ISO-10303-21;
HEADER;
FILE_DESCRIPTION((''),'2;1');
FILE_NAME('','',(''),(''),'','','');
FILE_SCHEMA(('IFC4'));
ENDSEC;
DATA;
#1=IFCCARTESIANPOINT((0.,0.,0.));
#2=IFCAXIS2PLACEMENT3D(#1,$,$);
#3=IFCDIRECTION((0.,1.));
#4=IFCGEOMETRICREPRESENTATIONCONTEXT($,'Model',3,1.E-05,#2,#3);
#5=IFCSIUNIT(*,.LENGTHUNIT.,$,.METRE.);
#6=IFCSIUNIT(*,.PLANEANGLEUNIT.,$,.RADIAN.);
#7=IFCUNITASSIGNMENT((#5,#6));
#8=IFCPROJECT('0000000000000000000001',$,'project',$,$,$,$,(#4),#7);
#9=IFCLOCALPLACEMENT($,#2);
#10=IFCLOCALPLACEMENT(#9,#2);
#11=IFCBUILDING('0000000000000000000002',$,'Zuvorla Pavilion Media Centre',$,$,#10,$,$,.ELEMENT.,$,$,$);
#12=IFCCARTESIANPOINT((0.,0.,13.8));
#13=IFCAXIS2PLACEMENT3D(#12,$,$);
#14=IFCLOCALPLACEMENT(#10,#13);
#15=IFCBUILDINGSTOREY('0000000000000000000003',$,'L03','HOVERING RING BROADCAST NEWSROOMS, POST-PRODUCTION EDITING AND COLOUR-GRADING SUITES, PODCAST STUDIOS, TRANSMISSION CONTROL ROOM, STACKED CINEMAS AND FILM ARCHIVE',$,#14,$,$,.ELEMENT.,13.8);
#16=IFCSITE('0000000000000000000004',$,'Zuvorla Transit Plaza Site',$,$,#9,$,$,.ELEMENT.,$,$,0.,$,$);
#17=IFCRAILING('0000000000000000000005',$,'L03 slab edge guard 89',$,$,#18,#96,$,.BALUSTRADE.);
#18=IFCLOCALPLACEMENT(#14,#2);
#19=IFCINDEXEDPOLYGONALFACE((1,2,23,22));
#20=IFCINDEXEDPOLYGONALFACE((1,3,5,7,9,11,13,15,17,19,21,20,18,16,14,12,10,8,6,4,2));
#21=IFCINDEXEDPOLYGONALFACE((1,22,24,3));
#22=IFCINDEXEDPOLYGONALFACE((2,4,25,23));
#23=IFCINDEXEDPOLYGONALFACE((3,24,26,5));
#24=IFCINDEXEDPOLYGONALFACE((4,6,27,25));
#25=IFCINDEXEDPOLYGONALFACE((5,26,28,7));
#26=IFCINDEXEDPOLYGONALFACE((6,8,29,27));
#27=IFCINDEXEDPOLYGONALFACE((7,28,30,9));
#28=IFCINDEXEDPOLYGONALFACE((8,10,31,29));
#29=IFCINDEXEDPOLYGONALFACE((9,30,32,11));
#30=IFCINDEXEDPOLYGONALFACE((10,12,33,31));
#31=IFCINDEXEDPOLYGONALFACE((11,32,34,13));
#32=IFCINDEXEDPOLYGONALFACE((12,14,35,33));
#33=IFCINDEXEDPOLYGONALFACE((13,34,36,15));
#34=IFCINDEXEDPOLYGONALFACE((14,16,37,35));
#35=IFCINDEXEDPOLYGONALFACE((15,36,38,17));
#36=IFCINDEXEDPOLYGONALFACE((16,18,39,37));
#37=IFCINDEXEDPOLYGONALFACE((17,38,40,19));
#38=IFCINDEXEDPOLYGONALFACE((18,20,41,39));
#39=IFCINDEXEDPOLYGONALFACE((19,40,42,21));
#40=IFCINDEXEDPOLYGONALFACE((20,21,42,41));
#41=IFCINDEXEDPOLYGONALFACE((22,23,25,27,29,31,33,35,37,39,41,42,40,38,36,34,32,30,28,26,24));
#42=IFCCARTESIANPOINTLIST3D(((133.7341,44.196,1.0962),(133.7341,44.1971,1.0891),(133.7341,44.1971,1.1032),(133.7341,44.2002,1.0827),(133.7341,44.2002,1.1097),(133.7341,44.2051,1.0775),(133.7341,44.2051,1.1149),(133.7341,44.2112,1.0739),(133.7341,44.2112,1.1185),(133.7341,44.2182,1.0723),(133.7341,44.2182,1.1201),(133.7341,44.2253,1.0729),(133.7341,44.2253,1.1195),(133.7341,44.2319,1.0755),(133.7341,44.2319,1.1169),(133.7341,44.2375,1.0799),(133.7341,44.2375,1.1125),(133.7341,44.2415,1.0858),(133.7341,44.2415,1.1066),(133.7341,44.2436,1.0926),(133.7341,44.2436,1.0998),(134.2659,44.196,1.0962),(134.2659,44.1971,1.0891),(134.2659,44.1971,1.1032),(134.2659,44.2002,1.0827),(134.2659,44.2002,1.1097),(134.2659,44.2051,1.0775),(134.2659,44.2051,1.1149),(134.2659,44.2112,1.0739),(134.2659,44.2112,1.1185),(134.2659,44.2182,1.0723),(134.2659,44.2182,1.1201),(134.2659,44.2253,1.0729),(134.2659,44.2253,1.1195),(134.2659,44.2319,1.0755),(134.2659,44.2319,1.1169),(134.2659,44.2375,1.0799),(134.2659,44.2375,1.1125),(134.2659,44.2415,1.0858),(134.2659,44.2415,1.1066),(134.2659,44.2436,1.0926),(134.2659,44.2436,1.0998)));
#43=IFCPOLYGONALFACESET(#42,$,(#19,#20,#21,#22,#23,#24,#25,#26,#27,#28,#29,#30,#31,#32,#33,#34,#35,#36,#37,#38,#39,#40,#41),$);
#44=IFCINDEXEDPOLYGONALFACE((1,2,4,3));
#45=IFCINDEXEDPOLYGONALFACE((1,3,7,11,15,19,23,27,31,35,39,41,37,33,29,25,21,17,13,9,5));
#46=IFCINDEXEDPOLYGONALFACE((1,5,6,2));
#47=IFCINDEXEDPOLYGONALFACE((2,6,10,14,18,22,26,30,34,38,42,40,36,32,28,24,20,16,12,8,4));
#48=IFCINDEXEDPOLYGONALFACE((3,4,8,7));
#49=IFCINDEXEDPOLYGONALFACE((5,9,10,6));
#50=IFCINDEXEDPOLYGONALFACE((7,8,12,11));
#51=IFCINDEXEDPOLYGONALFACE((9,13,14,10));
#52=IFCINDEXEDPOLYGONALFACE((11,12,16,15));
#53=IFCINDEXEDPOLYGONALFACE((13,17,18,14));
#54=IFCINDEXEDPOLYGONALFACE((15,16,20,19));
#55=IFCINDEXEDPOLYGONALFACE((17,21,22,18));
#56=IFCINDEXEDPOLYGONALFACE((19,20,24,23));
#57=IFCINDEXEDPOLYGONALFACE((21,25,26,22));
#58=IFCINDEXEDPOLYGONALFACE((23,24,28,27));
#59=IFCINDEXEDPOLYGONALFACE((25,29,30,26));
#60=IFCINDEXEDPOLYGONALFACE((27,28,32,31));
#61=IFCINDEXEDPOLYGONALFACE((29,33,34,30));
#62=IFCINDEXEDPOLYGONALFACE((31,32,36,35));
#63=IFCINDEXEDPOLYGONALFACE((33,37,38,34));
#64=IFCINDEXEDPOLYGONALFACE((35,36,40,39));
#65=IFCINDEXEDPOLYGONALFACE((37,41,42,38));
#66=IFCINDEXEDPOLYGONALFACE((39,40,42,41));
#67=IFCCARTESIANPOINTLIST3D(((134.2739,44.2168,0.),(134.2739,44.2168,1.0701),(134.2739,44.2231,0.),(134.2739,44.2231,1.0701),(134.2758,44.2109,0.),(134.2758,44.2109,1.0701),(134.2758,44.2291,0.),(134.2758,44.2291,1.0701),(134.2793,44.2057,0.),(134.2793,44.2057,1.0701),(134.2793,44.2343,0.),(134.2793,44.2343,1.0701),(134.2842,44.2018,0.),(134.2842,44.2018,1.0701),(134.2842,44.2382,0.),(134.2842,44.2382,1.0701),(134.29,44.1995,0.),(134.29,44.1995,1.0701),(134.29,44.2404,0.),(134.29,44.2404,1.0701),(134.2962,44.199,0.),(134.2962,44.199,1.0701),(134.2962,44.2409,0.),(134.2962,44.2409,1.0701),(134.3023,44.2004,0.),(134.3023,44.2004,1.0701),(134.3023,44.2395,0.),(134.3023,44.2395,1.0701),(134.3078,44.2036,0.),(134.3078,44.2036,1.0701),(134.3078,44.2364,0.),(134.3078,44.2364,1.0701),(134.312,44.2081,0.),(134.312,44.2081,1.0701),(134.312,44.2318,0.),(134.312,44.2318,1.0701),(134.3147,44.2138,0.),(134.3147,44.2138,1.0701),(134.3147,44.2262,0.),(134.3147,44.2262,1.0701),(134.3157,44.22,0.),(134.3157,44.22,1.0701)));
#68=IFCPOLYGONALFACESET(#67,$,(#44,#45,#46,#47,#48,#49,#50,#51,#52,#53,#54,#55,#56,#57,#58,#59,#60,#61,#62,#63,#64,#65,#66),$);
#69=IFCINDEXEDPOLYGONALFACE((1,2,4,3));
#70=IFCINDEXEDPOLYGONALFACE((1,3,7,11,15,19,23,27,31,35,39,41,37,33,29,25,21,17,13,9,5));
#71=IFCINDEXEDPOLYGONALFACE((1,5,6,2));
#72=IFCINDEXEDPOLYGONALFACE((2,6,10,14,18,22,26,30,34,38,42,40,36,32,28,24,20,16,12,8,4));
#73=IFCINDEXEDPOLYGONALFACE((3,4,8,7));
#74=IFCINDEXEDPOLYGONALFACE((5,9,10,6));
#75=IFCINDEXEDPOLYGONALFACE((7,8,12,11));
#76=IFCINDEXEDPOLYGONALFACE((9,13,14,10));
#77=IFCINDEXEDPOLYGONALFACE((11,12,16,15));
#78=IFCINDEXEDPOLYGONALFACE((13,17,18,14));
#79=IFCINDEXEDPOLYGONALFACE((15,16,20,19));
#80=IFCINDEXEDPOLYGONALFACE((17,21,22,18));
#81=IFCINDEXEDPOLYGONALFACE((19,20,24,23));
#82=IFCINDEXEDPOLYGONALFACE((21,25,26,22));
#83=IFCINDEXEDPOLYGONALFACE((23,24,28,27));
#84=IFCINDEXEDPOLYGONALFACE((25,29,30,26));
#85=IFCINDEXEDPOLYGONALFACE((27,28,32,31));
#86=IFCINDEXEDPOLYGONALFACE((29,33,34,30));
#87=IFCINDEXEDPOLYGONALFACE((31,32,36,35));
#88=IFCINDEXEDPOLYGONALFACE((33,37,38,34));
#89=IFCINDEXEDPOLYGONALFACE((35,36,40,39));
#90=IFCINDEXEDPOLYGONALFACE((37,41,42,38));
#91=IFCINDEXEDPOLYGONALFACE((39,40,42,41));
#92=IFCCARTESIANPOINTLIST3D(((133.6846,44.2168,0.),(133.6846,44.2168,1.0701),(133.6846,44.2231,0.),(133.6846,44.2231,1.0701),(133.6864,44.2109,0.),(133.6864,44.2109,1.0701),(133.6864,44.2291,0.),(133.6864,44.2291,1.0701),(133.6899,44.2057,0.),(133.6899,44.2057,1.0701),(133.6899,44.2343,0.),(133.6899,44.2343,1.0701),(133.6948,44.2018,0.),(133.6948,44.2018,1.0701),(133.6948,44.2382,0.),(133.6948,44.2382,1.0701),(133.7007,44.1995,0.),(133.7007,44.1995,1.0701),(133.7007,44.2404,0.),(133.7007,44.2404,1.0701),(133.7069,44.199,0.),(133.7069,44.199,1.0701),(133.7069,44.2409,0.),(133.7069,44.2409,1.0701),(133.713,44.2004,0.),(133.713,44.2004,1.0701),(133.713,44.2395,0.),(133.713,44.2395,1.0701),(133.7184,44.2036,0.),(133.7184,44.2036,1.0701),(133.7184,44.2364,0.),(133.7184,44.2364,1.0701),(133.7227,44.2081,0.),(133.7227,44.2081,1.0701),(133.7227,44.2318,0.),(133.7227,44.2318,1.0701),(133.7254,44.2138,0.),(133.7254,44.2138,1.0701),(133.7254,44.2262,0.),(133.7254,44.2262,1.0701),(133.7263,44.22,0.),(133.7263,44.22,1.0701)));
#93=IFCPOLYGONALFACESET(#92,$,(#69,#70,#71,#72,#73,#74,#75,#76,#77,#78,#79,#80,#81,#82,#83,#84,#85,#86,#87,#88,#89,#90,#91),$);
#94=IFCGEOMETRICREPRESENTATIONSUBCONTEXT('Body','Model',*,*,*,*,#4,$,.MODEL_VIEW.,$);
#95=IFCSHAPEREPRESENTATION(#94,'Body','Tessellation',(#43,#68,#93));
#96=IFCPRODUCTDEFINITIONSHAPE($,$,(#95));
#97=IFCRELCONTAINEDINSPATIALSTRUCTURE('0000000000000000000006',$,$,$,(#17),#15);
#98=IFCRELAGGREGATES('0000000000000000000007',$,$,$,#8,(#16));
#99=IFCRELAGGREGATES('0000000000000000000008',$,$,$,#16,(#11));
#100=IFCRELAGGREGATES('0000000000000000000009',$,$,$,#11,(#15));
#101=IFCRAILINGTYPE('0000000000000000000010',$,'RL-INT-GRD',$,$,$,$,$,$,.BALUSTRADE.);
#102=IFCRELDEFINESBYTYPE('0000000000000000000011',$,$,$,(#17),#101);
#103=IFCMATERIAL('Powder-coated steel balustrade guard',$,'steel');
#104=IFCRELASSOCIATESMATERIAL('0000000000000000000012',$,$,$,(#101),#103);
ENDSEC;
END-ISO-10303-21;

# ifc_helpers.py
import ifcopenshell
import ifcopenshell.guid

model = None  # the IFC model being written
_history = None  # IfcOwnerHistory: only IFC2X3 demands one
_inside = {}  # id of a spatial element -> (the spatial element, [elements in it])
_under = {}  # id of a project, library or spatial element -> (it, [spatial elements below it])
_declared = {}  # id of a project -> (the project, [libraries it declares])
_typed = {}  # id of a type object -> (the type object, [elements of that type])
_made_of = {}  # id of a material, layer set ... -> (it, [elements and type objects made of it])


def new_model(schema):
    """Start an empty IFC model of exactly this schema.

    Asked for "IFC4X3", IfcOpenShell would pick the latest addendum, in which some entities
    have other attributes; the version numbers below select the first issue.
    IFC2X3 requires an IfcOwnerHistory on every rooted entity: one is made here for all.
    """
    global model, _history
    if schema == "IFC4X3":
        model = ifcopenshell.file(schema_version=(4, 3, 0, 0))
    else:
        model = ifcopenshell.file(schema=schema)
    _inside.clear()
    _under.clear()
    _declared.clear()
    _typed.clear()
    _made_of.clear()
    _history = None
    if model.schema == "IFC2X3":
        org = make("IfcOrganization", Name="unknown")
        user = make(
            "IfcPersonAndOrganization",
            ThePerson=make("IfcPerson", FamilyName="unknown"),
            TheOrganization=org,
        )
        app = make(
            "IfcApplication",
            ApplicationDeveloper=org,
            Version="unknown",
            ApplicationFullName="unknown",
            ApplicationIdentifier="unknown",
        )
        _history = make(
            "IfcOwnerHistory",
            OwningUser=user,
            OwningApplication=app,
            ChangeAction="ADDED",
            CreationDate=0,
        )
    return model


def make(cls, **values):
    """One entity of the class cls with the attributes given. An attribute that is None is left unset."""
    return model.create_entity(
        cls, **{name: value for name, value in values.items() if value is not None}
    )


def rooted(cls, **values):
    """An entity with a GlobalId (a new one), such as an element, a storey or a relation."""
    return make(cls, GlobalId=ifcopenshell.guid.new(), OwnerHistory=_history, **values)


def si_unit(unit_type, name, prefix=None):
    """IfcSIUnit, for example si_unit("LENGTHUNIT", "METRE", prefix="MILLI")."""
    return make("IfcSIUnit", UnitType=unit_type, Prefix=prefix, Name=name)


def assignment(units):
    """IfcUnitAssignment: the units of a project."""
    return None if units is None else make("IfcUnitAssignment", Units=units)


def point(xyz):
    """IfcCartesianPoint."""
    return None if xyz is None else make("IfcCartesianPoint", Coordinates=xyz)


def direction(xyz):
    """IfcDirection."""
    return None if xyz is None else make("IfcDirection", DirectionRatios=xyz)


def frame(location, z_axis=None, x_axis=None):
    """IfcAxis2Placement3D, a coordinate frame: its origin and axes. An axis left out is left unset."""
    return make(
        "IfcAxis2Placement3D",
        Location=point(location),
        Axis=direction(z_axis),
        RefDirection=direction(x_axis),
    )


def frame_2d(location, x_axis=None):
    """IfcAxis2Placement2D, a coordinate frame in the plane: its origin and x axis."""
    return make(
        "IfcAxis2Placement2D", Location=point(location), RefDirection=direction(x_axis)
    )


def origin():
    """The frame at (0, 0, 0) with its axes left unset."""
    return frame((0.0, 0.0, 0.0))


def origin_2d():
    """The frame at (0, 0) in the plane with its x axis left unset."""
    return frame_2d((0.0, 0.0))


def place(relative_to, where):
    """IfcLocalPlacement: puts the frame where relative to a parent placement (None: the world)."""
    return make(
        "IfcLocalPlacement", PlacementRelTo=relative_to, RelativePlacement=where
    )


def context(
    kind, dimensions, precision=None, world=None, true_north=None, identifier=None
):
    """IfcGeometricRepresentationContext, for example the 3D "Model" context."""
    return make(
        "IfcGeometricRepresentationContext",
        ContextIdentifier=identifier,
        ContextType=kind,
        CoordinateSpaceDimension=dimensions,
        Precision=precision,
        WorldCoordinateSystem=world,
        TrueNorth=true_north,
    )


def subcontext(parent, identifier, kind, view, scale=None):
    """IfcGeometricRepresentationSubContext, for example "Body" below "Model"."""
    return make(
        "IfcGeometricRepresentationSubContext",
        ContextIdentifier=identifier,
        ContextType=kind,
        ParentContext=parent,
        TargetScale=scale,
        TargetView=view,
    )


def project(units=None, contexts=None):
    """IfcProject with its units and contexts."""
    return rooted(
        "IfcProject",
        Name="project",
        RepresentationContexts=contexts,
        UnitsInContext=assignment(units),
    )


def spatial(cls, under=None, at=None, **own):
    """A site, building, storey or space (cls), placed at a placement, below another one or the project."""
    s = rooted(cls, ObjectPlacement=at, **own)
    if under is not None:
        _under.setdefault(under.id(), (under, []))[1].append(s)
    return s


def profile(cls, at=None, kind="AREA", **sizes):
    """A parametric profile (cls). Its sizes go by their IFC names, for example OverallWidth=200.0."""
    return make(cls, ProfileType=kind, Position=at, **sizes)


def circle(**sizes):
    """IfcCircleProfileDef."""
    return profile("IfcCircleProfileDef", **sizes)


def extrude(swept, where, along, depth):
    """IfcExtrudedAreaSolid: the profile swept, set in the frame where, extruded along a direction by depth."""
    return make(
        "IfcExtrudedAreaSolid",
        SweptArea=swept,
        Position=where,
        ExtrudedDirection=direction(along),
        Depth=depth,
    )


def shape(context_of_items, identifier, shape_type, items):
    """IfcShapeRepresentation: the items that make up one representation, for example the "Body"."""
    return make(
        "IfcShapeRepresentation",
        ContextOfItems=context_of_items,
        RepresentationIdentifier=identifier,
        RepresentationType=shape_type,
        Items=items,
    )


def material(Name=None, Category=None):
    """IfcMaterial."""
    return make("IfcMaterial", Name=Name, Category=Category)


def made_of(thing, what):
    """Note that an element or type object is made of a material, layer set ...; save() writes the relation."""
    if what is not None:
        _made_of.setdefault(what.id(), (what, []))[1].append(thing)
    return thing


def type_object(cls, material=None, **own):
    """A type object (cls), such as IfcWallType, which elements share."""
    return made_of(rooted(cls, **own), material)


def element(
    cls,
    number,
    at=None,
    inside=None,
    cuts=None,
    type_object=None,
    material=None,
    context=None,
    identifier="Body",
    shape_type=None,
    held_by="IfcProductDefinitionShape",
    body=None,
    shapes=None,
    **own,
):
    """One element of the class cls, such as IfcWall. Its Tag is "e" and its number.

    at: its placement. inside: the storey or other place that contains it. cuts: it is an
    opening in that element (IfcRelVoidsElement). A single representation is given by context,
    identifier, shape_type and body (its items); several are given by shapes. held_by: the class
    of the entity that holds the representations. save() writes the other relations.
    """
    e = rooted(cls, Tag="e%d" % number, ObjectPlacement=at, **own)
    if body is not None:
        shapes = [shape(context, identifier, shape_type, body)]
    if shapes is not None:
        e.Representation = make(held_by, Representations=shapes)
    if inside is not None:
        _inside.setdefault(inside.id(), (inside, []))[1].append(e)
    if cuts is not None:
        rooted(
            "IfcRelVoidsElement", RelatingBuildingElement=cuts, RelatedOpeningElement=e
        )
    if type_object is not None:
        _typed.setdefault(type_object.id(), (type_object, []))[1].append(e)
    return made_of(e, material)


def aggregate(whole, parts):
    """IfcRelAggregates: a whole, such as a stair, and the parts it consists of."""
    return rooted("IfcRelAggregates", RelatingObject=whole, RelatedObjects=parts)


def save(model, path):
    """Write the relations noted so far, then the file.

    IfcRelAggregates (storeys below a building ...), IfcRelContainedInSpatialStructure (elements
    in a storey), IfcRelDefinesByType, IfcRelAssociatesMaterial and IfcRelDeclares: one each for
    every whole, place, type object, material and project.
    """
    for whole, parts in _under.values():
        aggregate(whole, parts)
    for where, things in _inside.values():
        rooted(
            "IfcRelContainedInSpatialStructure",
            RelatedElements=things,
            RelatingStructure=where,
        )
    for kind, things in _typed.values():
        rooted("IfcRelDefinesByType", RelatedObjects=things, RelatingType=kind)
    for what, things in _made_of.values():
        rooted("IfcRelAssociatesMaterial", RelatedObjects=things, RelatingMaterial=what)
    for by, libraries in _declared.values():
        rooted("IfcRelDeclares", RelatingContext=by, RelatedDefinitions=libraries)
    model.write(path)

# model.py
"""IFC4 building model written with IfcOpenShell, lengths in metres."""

from ifc_helpers import new_model, si_unit, direction, frame, origin, origin_2d, place, context, subcontext, project, spatial, circle, extrude, material, type_object, element, save


model = new_model("IFC4")

# Units and contexts
model_context = context("Model", 3, precision=1e-05, world=origin(), true_north=direction((0.0, 1.0)))
body_context = subcontext(model_context, "Body", "Model", "MODEL_VIEW")
ifc_project = project(units=[si_unit("LENGTHUNIT", "METRE"), si_unit("PLANEANGLEUNIT", "RADIAN")], contexts=[model_context])

# Site, building, storey
site_placement = place(None, origin())
site = spatial("IfcSite", under=ifc_project, at=site_placement, Name="Zuvorla Transit Plaza Site", CompositionType="ELEMENT", RefElevation=0.0)
building_placement = place(site_placement, origin())
building = spatial("IfcBuilding", under=site, at=building_placement, Name="Zuvorla Pavilion Media Centre", CompositionType="ELEMENT")
storey_placement = place(building_placement, frame((0.0, 0.0, 13.8)))
storey = spatial("IfcBuildingStorey", under=building, at=storey_placement, Name="L03", Description="HOVERING RING BROADCAST NEWSROOMS, POST-PRODUCTION EDITING AND COLOUR-GRADING SUITES, PODCAST STUDIOS, TRANSMISSION CONTROL ROOM, STACKED CINEMAS AND FILM ARCHIVE", CompositionType="ELEMENT", Elevation=13.8)

# Railing
ifc_material_1 = material(Name="Powder-coated steel balustrade guard", Category="steel")
railing_type = type_object("IfcRailingType", Name="RL-INT-GRD", PredefinedType="BALUSTRADE", material=ifc_material_1)
railing_placement = place(storey_placement, frame((134.2947, 44.22, 0.0)))
element("IfcRailing", 1, at=railing_placement, inside=storey, type_object=railing_type, Name="L03 slab edge guard 89", PredefinedType="BALUSTRADE", context=body_context, shape_type="SweptSolid", body=[
    extrude(circle(Radius=0.0239, at=origin_2d()), frame((-0.0288, 0.0, 1.0962), z_axis=(-1.0, 0.0, 0.0), x_axis=(0.0, -1.0, 0.0)), (0.0, 0.0, 1.0), 0.5317),
    extrude(circle(Radius=0.021, at=origin_2d()), origin(), (0.0, 0.0, 1.0), 1.0701),
    extrude(circle(Radius=0.021, at=origin_2d()), frame((-0.5894, 0.0, 0.0)), (0.0, 0.0, 1.0), 1.0701),
])

save(model, "model.ifc")
